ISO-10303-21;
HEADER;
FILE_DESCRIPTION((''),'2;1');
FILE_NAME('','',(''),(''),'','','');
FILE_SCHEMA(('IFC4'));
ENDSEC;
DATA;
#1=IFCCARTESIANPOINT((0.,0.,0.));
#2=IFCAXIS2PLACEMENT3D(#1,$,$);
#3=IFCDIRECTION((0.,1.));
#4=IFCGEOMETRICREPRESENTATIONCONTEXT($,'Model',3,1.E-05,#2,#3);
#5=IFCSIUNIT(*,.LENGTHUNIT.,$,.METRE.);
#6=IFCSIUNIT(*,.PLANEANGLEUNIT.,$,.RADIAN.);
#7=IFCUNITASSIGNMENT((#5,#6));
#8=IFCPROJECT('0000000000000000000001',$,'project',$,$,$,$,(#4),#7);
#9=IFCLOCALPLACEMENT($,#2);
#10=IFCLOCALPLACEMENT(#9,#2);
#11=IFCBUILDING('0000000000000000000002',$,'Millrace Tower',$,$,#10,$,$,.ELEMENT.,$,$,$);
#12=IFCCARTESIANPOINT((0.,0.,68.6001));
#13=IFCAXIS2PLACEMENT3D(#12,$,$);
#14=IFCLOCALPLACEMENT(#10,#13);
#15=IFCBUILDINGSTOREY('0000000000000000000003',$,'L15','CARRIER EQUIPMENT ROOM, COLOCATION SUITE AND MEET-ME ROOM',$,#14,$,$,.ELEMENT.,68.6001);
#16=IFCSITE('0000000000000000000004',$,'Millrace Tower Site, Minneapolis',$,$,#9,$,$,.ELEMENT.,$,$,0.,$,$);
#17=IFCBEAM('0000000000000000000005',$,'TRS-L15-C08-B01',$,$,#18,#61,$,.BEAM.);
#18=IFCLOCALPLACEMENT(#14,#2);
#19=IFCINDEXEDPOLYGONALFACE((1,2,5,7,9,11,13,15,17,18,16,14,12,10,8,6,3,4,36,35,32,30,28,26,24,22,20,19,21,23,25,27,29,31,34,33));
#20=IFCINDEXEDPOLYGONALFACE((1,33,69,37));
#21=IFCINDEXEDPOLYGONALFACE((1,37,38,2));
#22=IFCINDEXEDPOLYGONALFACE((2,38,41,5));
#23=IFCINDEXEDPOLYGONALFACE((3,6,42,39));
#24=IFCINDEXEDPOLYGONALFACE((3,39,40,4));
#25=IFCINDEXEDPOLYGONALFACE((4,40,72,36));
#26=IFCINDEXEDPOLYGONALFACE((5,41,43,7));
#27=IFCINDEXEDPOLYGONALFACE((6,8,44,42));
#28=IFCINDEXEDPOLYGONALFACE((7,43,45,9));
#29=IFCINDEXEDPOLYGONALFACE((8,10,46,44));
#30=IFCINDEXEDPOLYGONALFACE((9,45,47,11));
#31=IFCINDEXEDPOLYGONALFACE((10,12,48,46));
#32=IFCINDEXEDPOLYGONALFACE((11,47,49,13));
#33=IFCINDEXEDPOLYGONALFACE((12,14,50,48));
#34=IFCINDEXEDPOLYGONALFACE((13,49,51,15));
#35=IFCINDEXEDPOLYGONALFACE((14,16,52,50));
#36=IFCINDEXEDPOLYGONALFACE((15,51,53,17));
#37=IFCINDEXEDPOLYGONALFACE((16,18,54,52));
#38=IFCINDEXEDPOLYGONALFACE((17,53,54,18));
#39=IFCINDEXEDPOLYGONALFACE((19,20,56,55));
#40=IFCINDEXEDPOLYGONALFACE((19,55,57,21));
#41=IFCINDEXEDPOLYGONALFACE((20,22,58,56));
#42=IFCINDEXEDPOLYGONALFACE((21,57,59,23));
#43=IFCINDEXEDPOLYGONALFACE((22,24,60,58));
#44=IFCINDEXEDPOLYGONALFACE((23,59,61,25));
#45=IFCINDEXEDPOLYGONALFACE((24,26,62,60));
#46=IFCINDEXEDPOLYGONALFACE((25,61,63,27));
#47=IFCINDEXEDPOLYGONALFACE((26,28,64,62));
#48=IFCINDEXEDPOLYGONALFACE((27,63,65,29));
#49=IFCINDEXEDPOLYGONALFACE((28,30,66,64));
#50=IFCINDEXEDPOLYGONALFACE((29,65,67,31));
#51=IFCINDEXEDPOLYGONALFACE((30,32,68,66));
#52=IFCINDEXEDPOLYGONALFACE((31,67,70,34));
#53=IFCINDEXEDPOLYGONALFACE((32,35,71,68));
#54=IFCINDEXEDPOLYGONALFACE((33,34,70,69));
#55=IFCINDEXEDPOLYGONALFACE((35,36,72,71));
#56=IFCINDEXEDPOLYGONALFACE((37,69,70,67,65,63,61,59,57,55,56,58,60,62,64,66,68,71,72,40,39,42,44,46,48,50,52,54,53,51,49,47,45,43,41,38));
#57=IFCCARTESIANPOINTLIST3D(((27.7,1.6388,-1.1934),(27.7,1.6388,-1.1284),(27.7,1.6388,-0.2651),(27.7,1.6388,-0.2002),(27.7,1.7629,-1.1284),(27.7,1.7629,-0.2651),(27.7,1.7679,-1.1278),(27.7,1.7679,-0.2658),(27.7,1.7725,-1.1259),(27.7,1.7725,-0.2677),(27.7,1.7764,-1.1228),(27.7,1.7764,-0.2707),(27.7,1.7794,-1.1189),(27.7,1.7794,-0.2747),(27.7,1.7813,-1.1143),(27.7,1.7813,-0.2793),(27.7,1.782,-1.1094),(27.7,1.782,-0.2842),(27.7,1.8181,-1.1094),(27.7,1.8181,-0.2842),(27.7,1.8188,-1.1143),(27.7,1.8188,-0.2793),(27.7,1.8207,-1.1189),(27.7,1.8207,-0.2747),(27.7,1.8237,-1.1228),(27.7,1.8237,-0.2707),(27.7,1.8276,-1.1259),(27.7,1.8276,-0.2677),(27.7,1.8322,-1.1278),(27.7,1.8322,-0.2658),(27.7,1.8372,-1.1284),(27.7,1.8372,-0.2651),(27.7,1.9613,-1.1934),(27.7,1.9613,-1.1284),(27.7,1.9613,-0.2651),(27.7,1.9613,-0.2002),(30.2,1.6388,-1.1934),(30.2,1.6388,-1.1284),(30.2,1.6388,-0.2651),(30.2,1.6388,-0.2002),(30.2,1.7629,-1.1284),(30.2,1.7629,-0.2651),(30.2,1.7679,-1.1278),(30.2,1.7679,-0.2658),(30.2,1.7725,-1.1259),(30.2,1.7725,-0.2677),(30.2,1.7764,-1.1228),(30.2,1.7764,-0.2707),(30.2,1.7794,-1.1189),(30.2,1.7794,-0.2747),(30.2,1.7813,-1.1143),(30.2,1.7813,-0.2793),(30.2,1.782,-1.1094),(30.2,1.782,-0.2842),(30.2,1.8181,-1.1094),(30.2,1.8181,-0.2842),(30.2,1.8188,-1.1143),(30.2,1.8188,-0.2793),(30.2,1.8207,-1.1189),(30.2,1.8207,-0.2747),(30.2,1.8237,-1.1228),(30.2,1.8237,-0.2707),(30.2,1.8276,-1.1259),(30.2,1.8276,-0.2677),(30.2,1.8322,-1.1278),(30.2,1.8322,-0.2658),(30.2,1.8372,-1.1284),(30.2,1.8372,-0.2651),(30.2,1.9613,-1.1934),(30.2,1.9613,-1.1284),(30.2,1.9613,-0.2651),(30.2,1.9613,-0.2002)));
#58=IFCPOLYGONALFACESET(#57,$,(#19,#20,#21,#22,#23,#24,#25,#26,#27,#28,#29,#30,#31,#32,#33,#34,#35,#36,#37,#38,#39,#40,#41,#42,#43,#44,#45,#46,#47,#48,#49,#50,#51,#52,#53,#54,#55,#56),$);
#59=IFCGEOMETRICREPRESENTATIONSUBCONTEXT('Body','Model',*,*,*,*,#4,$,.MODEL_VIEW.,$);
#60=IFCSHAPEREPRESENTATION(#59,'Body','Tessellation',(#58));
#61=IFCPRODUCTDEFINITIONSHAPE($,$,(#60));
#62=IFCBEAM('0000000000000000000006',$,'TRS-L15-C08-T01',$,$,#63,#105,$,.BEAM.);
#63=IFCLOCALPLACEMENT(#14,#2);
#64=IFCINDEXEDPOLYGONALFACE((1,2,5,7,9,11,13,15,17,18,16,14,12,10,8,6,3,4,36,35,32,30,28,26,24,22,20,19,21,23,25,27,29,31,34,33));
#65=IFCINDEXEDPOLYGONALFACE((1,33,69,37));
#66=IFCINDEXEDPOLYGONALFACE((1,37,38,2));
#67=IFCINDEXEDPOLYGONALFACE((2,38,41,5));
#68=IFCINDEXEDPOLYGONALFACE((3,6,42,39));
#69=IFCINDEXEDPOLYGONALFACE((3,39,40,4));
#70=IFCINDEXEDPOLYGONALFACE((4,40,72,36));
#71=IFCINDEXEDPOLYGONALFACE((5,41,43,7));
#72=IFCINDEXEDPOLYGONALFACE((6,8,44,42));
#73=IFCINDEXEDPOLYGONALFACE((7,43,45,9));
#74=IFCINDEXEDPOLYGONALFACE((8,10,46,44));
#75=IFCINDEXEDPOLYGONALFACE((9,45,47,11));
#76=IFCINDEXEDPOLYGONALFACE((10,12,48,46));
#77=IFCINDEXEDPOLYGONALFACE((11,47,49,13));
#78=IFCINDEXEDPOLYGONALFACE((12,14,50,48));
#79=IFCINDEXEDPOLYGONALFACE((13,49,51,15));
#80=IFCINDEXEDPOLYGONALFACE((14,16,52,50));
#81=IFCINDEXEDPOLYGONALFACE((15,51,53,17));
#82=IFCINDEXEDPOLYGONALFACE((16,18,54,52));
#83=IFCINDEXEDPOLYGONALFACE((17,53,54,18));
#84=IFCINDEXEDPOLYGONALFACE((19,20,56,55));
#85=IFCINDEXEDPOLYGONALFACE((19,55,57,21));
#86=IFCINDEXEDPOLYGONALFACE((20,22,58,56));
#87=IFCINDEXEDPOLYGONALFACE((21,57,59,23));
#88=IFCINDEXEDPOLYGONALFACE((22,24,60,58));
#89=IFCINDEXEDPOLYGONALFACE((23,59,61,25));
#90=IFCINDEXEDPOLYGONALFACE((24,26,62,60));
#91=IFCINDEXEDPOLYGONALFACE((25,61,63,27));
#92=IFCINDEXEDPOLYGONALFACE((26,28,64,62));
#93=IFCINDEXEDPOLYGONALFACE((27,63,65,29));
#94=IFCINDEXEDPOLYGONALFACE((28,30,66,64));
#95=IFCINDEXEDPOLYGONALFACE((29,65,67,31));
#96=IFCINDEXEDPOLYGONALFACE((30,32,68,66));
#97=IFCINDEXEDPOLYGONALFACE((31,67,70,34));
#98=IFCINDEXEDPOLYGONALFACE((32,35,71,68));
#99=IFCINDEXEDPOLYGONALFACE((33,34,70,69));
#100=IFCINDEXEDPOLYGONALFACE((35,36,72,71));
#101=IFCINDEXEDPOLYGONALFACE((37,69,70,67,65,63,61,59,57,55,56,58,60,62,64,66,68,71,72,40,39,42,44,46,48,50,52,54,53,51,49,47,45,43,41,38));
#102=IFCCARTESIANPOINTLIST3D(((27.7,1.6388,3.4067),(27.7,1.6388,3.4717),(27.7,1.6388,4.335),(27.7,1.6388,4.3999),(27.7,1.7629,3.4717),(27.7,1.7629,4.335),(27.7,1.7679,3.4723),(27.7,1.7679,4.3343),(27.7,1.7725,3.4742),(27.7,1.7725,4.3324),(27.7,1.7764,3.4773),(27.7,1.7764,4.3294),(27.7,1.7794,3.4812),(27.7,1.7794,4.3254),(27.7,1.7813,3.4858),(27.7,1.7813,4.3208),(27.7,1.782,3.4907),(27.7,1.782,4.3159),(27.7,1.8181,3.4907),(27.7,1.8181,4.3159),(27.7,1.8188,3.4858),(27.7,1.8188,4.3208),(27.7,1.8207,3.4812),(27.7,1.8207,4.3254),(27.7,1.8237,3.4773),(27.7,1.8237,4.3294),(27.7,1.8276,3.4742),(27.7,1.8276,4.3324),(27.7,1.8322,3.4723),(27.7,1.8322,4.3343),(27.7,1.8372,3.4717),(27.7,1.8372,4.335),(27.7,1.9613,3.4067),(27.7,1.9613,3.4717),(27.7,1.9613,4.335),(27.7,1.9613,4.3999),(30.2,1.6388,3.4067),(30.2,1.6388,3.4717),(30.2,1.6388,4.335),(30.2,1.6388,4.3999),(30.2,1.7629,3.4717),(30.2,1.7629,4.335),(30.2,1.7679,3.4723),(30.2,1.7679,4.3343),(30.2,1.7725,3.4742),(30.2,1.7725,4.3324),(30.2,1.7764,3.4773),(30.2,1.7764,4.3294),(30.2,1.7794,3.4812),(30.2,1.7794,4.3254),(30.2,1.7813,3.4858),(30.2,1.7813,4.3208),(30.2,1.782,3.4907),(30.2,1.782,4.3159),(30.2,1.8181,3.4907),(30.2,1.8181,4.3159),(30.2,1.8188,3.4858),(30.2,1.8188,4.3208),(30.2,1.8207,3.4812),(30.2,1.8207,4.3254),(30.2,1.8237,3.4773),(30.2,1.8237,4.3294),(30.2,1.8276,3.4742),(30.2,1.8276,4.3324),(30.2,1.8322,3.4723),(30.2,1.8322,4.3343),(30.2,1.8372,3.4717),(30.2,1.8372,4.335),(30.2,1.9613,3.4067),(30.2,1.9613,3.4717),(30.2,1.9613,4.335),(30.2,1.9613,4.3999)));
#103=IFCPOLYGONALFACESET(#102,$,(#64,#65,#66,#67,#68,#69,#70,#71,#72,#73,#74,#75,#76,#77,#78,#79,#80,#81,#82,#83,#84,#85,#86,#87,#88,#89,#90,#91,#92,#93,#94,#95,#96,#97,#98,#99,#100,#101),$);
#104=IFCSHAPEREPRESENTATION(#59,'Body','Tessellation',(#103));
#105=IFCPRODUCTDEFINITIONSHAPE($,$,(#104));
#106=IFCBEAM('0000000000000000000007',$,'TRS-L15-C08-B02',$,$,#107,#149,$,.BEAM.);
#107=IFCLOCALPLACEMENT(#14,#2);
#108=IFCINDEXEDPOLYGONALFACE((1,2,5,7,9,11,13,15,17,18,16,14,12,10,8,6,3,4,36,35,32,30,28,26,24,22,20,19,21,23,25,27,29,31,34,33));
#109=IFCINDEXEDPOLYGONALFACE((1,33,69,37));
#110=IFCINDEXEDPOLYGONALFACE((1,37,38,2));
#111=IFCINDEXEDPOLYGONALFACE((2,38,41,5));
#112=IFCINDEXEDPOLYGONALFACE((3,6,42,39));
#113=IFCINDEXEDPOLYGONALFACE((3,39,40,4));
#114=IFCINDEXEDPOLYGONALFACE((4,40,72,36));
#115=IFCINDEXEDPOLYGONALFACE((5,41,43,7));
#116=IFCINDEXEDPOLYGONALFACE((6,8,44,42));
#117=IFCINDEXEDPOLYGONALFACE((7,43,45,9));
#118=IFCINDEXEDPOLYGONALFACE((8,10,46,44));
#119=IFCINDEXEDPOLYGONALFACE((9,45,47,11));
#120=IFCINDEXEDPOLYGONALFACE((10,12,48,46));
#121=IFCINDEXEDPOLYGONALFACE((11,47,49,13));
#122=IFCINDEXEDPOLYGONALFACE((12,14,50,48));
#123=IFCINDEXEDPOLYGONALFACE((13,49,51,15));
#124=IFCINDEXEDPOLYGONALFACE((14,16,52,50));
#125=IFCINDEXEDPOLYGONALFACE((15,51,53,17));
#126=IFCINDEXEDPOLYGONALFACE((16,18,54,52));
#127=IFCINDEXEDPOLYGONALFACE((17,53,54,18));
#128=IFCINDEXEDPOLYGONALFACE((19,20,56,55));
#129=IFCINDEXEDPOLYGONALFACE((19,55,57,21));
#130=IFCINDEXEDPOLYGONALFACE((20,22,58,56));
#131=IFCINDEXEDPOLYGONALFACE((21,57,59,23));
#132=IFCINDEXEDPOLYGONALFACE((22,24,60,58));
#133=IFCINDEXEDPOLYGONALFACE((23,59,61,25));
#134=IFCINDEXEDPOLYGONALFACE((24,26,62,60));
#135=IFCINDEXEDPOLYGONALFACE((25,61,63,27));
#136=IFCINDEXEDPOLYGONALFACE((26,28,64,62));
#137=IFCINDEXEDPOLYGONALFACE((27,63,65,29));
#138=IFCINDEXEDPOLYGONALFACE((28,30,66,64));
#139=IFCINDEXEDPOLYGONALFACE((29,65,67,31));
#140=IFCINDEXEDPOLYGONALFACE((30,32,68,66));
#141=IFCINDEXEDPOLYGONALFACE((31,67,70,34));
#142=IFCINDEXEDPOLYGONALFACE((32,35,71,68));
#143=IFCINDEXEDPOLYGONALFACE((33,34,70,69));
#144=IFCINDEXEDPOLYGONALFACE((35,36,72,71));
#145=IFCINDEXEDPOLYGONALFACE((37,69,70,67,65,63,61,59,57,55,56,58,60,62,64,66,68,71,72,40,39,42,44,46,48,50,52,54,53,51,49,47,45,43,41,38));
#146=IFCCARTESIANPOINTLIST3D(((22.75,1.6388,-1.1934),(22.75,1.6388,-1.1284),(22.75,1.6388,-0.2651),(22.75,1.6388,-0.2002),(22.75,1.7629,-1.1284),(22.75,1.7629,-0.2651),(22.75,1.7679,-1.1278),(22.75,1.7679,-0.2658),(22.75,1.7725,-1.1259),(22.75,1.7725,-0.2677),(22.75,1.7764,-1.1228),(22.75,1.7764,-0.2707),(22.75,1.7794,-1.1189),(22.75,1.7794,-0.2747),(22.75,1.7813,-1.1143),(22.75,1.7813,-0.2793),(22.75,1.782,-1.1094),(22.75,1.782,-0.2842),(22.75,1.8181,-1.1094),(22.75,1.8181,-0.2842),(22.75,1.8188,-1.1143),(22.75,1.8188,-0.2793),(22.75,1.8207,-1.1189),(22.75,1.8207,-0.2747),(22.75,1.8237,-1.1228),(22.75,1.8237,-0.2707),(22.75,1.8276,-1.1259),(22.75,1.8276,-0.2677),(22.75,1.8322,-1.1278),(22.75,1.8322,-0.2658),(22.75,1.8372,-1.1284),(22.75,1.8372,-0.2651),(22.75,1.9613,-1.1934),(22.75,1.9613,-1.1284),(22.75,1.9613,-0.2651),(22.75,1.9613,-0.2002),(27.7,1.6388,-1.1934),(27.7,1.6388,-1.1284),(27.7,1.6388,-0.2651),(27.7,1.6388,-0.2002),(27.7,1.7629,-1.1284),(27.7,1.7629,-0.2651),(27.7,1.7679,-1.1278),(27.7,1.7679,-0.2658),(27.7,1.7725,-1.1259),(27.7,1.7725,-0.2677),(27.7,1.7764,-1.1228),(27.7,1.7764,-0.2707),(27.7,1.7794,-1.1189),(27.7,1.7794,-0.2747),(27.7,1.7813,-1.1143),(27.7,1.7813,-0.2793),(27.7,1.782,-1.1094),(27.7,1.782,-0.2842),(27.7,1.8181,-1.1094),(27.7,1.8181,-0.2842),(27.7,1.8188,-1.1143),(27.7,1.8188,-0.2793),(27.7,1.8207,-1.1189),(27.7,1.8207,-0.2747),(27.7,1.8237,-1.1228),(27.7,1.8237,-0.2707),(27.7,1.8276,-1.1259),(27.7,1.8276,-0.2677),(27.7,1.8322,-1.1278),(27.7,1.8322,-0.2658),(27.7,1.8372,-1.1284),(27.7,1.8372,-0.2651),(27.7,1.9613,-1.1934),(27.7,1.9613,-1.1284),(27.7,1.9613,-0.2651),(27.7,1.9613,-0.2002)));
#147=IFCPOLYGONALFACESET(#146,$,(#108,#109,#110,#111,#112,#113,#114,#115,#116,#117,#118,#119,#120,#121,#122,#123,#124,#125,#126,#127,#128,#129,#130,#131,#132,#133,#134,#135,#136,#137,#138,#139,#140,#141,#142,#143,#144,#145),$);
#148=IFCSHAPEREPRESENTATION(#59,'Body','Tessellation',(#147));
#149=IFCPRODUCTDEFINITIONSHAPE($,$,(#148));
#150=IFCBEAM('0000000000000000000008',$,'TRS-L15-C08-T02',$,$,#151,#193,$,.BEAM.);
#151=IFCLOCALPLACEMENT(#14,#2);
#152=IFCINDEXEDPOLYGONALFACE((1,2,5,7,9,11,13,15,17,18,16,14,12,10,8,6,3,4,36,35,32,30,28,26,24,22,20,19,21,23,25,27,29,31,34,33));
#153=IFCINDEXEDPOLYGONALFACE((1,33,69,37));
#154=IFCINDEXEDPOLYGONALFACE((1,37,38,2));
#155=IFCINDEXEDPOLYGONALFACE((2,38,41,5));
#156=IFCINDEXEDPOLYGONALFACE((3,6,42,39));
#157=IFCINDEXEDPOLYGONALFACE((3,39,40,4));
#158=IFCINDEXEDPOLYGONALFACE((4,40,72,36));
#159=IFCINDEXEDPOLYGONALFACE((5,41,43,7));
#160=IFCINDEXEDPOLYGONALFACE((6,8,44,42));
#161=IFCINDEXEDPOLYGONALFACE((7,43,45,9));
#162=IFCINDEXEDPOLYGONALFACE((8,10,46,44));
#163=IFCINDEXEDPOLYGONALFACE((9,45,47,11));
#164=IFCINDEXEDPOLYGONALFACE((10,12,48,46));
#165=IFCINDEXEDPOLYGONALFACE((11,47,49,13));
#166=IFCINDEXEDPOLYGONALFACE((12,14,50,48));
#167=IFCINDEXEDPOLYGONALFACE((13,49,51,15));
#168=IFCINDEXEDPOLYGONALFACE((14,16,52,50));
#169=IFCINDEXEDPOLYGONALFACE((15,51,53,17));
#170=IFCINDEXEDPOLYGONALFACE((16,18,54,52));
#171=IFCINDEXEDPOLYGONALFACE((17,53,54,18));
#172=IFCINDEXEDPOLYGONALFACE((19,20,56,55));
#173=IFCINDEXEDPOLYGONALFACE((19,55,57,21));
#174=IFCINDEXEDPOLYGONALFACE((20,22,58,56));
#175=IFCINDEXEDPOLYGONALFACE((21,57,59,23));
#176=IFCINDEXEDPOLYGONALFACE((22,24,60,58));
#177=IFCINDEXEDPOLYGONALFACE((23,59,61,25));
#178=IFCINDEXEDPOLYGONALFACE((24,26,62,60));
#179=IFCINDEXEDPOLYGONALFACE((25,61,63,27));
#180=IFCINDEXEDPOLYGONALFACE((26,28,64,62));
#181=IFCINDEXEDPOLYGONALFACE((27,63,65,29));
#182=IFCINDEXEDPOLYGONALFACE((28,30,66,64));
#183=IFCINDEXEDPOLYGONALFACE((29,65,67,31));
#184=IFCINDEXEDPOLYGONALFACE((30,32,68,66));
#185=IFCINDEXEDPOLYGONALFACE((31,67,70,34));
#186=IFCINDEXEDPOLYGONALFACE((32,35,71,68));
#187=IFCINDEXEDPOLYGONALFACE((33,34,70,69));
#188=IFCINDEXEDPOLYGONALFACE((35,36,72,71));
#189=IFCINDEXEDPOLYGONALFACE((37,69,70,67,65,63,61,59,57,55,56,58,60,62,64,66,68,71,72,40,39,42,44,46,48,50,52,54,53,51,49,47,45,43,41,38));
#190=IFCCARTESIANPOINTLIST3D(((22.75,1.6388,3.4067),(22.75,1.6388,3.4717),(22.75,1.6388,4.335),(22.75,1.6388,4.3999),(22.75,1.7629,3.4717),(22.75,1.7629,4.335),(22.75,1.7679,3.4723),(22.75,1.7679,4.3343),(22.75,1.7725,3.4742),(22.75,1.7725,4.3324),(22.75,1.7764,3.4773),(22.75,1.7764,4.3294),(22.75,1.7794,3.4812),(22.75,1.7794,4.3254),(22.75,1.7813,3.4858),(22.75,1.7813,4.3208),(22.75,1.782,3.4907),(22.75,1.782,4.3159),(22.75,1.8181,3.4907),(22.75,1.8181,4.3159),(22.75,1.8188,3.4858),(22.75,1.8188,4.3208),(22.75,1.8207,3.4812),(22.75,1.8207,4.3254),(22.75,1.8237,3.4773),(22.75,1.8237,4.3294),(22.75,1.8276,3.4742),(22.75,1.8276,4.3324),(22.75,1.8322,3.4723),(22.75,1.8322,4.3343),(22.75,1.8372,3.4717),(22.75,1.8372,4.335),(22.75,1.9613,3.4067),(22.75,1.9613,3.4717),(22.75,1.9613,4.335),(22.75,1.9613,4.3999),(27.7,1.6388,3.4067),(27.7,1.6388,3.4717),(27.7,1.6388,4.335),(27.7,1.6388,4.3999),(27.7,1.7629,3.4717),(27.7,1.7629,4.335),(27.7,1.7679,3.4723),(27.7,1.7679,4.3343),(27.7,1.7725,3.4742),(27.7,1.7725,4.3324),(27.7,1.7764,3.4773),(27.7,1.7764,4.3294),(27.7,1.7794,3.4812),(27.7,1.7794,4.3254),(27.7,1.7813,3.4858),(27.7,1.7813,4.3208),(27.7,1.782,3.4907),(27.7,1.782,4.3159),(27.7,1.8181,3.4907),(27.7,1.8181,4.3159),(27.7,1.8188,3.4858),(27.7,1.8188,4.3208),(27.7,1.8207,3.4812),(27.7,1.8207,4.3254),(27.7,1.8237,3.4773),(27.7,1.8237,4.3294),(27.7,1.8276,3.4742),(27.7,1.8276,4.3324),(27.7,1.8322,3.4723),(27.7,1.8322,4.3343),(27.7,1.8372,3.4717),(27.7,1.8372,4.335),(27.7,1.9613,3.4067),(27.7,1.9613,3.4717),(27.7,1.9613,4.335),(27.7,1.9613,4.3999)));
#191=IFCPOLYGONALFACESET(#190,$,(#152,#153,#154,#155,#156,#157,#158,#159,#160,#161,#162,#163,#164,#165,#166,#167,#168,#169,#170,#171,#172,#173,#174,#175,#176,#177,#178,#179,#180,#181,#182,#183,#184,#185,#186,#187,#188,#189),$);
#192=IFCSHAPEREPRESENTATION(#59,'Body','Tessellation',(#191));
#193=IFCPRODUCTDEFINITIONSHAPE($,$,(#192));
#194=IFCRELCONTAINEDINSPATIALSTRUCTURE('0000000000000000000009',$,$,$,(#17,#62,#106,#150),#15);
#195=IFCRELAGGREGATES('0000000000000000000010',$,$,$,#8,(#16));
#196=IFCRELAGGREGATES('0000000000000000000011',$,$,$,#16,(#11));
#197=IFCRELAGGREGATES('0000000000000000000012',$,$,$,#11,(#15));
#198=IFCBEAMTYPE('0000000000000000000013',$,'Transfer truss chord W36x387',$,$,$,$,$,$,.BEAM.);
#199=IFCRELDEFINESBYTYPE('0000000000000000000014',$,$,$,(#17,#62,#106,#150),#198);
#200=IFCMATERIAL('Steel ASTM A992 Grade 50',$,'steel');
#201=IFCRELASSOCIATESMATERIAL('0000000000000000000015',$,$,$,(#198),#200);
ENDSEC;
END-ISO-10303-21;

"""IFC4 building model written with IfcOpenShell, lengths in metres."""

from ifc_helpers import new_model, si_unit, direction, frame, origin, origin_2d, place, context, subcontext, project, spatial, i_section, extrude, material, material_profile, profile_set, type_object, element, save


model = new_model("IFC4")

# Units and contexts
model_context = context("Model", 3, precision=1e-05, world=origin(), true_north=direction((0.0, 1.0)))
body_context = subcontext(model_context, "Body", "Model", "MODEL_VIEW")
ifc_project = project(units=[si_unit("LENGTHUNIT", "METRE"), si_unit("PLANEANGLEUNIT", "RADIAN")], contexts=[model_context])

# Site, building, storey
site_placement = place(None, origin())
site = spatial("IfcSite", under=ifc_project, at=site_placement, Name="Millrace Tower Site, Minneapolis", CompositionType="ELEMENT", RefElevation=0.0)
building_placement = place(site_placement, origin())
building = spatial("IfcBuilding", under=site, at=building_placement, Name="Millrace Tower", CompositionType="ELEMENT")
storey_placement = place(building_placement, frame((0.0, 0.0, 68.6001)))
storey = spatial("IfcBuildingStorey", under=building, at=storey_placement, Name="L15", Description="CARRIER EQUIPMENT ROOM, COLOCATION SUITE AND MEET-ME ROOM", CompositionType="ELEMENT", Elevation=68.6001)

# Beams
ifc_material_1 = material(Name="Steel ASTM A992 Grade 50", Category="steel")
ifc_material_profile_1 = material_profile(ifc_material_1, i_section(OverallWidth=0.3225, OverallDepth=0.9932, WebThickness=0.0361, FlangeThickness=0.0649, FilletRadius=0.019, at=origin_2d()))
ifc_profile_set_1 = profile_set([ifc_material_profile_1], Name="Steel ASTM A992 Grade 50")
beam_type_1 = type_object("IfcBeamType", Name="Transfer truss chord W36x387", PredefinedType="BEAM", material=ifc_profile_set_1)
for number, where, z_axis, x_axis, name in (
    (1, (30.2, 1.8, -0.6968), (-1.0, 0.0, 0.0), (0.0, -1.0, 0.0), "TRS-L15-C08-B01"),
    (2, (30.2, 1.8, 3.9033), (-1.0, 0.0, 0.0), (0.0, -1.0, 0.0), "TRS-L15-C08-T01"),
):
    element("IfcBeam", number, at=place(storey_placement, frame(where, z_axis=z_axis, x_axis=x_axis)), inside=storey, type_object=beam_type_1, Name=name, PredefinedType="BEAM", context=body_context, shape_type="SweptSolid", body=[
        extrude(i_section(OverallWidth=0.3225, OverallDepth=0.9932, WebThickness=0.0361, FlangeThickness=0.0649, FilletRadius=0.019, at=origin_2d()), origin(), (0.0, 0.0, 1.0), 2.5),
    ])
for number, where, z_axis, x_axis, name in (
    (3, (27.7, 1.8, -0.6968), (-1.0, 0.0, 0.0), (0.0, -1.0, 0.0), "TRS-L15-C08-B02"),
    (4, (27.7, 1.8, 3.9033), (-1.0, 0.0, 0.0), (0.0, -1.0, 0.0), "TRS-L15-C08-T02"),
):
    element("IfcBeam", number, at=place(storey_placement, frame(where, z_axis=z_axis, x_axis=x_axis)), inside=storey, type_object=beam_type_1, Name=name, PredefinedType="BEAM", context=body_context, shape_type="SweptSolid", body=[
        extrude(i_section(OverallWidth=0.3225, OverallDepth=0.9932, WebThickness=0.0361, FlangeThickness=0.0649, FilletRadius=0.019, at=origin_2d()), origin(), (0.0, 0.0, 1.0), 4.95),
    ])

save(model, "model.ifc")
